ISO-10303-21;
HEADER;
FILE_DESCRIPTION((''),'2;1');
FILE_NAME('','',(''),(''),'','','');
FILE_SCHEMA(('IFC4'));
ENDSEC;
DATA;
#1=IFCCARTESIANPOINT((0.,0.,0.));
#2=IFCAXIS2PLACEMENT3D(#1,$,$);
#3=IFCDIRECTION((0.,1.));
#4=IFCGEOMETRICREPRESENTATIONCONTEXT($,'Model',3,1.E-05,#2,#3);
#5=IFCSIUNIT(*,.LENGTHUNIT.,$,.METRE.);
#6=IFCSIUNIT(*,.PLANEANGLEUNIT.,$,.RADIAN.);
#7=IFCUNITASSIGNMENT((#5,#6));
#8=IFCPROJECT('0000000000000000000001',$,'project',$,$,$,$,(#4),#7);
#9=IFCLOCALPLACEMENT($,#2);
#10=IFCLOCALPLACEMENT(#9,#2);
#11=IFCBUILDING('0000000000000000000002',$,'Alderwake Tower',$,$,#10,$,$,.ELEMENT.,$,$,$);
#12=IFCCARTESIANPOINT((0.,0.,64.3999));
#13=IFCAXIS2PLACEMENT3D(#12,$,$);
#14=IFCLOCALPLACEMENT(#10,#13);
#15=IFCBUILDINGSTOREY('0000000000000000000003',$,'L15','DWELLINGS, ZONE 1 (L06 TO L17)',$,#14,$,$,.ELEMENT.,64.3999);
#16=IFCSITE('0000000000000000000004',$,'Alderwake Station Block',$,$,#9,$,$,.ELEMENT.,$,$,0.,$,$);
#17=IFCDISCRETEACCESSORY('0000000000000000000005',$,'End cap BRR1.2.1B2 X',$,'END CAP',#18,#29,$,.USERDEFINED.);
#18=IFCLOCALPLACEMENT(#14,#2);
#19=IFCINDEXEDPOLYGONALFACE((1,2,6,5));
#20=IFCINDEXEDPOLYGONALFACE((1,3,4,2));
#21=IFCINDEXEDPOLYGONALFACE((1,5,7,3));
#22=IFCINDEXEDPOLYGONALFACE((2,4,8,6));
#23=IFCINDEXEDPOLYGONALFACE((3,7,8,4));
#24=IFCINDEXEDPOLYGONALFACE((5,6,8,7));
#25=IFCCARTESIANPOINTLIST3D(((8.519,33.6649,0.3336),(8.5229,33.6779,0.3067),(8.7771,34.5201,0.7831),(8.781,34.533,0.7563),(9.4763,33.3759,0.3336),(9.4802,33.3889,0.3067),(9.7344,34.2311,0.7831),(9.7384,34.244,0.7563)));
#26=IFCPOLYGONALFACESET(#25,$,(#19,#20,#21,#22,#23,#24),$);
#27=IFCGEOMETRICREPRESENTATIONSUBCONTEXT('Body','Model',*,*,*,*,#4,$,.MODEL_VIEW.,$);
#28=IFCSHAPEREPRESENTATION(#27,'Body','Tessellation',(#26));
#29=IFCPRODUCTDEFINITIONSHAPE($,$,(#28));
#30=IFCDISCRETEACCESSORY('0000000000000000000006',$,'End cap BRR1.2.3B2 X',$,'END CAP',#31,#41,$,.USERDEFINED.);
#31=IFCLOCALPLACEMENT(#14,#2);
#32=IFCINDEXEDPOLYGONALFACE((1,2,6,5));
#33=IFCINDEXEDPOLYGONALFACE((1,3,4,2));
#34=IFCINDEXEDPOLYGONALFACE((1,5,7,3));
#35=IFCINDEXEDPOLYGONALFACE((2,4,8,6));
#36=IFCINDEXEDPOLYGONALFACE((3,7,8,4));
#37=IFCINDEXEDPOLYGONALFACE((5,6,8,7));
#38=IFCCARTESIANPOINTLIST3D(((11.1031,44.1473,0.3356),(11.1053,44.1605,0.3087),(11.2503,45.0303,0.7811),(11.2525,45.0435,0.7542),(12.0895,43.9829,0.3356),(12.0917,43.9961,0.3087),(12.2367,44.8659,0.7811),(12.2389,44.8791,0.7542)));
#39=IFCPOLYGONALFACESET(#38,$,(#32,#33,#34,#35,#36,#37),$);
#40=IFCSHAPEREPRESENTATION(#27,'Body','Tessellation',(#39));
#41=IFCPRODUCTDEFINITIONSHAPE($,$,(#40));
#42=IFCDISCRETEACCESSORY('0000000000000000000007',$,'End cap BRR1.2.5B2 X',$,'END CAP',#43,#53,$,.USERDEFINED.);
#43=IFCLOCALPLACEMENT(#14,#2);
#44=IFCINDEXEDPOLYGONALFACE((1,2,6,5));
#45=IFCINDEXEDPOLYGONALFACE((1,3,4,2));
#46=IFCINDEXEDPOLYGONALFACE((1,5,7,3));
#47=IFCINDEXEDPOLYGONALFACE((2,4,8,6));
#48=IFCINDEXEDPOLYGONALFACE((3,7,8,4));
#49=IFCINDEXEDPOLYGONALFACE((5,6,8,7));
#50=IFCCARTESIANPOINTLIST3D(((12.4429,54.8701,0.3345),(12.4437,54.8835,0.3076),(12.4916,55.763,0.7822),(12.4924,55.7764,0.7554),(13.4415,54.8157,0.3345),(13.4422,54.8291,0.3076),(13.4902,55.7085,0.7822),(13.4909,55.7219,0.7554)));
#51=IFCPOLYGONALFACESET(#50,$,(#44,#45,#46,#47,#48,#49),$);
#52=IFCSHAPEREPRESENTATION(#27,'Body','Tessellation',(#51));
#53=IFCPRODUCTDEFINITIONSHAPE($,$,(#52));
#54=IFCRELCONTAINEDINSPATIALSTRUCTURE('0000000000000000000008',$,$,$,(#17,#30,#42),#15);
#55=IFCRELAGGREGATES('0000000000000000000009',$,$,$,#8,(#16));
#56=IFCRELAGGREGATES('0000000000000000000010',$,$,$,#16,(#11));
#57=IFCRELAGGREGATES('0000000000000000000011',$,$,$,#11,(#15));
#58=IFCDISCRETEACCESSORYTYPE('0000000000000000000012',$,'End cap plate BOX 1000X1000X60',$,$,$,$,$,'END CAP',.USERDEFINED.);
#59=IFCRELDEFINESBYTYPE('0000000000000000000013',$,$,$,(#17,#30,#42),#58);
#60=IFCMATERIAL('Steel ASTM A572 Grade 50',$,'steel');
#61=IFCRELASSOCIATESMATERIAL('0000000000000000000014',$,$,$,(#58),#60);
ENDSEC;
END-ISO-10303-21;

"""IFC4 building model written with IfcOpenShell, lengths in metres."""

from ifc_helpers import new_model, si_unit, direction, frame, origin, origin_2d, place, context, subcontext, project, spatial, rectangle, extrude, material, material_profile, profile_set, type_object, element, save


model = new_model("IFC4")

# Units and contexts
model_context = context("Model", 3, precision=1e-05, world=origin(), true_north=direction((0.0, 1.0)))
body_context = subcontext(model_context, "Body", "Model", "MODEL_VIEW")
ifc_project = project(units=[si_unit("LENGTHUNIT", "METRE"), si_unit("PLANEANGLEUNIT", "RADIAN")], contexts=[model_context])

# Site, building, storey
site_placement = place(None, origin())
site = spatial("IfcSite", under=ifc_project, at=site_placement, Name="Alderwake Station Block", CompositionType="ELEMENT", RefElevation=0.0)
building_placement = place(site_placement, origin())
building = spatial("IfcBuilding", under=site, at=building_placement, Name="Alderwake Tower", CompositionType="ELEMENT")
storey_placement = place(building_placement, frame((0.0, 0.0, 64.3999)))
storey = spatial("IfcBuildingStorey", under=building, at=storey_placement, Name="L15", Description="DWELLINGS, ZONE 1 (L06 TO L17)", CompositionType="ELEMENT", Elevation=64.3999)

# Discrete accessories
ifc_material_1 = material(Name="Steel ASTM A572 Grade 50", Category="steel")
ifc_material_profile_1 = material_profile(ifc_material_1, rectangle(XDim=1.0, YDim=1.0, at=origin_2d()), Name="BOX 1000X1000X60 cap")
ifc_profile_set_1 = profile_set([ifc_material_profile_1], Name="Steel ASTM A572 Grade 50")
discrete_accessory_type = type_object("IfcDiscreteAccessoryType", Name="End cap plate BOX 1000X1000X60", ElementType="END CAP", PredefinedType="USERDEFINED", material=ifc_profile_set_1)
for number, where, z_axis, x_axis, name in (
    (1, (9.1267, 33.948, 0.5583), (0.129927, 0.430383, -0.893247), (-0.957328, 0.289005, 0.0), "End cap BRR1.2.1B2 X"),
    (2, (11.6699, 44.5066, 0.5583), (0.073248, 0.439489, -0.895256), (-0.986394, 0.164399, 0.0), "End cap BRR1.2.3B2 X"),
    (3, (12.9666, 55.2893, 0.5583), (0.024386, 0.447081, -0.894161), (-0.998516, 0.054464, 0.0), "End cap BRR1.2.5B2 X"),
):
    element("IfcDiscreteAccessory", number, at=place(storey_placement, frame(where, z_axis=z_axis, x_axis=x_axis)), inside=storey, type_object=discrete_accessory_type, Name=name, ObjectType="END CAP", PredefinedType="USERDEFINED", context=body_context, shape_type="SweptSolid", body=[
        extrude(rectangle(XDim=1.0, YDim=1.0, at=origin_2d()), origin(), (0.0, 0.0, 1.0), 0.03),
    ])

save(model, "model.ifc")
